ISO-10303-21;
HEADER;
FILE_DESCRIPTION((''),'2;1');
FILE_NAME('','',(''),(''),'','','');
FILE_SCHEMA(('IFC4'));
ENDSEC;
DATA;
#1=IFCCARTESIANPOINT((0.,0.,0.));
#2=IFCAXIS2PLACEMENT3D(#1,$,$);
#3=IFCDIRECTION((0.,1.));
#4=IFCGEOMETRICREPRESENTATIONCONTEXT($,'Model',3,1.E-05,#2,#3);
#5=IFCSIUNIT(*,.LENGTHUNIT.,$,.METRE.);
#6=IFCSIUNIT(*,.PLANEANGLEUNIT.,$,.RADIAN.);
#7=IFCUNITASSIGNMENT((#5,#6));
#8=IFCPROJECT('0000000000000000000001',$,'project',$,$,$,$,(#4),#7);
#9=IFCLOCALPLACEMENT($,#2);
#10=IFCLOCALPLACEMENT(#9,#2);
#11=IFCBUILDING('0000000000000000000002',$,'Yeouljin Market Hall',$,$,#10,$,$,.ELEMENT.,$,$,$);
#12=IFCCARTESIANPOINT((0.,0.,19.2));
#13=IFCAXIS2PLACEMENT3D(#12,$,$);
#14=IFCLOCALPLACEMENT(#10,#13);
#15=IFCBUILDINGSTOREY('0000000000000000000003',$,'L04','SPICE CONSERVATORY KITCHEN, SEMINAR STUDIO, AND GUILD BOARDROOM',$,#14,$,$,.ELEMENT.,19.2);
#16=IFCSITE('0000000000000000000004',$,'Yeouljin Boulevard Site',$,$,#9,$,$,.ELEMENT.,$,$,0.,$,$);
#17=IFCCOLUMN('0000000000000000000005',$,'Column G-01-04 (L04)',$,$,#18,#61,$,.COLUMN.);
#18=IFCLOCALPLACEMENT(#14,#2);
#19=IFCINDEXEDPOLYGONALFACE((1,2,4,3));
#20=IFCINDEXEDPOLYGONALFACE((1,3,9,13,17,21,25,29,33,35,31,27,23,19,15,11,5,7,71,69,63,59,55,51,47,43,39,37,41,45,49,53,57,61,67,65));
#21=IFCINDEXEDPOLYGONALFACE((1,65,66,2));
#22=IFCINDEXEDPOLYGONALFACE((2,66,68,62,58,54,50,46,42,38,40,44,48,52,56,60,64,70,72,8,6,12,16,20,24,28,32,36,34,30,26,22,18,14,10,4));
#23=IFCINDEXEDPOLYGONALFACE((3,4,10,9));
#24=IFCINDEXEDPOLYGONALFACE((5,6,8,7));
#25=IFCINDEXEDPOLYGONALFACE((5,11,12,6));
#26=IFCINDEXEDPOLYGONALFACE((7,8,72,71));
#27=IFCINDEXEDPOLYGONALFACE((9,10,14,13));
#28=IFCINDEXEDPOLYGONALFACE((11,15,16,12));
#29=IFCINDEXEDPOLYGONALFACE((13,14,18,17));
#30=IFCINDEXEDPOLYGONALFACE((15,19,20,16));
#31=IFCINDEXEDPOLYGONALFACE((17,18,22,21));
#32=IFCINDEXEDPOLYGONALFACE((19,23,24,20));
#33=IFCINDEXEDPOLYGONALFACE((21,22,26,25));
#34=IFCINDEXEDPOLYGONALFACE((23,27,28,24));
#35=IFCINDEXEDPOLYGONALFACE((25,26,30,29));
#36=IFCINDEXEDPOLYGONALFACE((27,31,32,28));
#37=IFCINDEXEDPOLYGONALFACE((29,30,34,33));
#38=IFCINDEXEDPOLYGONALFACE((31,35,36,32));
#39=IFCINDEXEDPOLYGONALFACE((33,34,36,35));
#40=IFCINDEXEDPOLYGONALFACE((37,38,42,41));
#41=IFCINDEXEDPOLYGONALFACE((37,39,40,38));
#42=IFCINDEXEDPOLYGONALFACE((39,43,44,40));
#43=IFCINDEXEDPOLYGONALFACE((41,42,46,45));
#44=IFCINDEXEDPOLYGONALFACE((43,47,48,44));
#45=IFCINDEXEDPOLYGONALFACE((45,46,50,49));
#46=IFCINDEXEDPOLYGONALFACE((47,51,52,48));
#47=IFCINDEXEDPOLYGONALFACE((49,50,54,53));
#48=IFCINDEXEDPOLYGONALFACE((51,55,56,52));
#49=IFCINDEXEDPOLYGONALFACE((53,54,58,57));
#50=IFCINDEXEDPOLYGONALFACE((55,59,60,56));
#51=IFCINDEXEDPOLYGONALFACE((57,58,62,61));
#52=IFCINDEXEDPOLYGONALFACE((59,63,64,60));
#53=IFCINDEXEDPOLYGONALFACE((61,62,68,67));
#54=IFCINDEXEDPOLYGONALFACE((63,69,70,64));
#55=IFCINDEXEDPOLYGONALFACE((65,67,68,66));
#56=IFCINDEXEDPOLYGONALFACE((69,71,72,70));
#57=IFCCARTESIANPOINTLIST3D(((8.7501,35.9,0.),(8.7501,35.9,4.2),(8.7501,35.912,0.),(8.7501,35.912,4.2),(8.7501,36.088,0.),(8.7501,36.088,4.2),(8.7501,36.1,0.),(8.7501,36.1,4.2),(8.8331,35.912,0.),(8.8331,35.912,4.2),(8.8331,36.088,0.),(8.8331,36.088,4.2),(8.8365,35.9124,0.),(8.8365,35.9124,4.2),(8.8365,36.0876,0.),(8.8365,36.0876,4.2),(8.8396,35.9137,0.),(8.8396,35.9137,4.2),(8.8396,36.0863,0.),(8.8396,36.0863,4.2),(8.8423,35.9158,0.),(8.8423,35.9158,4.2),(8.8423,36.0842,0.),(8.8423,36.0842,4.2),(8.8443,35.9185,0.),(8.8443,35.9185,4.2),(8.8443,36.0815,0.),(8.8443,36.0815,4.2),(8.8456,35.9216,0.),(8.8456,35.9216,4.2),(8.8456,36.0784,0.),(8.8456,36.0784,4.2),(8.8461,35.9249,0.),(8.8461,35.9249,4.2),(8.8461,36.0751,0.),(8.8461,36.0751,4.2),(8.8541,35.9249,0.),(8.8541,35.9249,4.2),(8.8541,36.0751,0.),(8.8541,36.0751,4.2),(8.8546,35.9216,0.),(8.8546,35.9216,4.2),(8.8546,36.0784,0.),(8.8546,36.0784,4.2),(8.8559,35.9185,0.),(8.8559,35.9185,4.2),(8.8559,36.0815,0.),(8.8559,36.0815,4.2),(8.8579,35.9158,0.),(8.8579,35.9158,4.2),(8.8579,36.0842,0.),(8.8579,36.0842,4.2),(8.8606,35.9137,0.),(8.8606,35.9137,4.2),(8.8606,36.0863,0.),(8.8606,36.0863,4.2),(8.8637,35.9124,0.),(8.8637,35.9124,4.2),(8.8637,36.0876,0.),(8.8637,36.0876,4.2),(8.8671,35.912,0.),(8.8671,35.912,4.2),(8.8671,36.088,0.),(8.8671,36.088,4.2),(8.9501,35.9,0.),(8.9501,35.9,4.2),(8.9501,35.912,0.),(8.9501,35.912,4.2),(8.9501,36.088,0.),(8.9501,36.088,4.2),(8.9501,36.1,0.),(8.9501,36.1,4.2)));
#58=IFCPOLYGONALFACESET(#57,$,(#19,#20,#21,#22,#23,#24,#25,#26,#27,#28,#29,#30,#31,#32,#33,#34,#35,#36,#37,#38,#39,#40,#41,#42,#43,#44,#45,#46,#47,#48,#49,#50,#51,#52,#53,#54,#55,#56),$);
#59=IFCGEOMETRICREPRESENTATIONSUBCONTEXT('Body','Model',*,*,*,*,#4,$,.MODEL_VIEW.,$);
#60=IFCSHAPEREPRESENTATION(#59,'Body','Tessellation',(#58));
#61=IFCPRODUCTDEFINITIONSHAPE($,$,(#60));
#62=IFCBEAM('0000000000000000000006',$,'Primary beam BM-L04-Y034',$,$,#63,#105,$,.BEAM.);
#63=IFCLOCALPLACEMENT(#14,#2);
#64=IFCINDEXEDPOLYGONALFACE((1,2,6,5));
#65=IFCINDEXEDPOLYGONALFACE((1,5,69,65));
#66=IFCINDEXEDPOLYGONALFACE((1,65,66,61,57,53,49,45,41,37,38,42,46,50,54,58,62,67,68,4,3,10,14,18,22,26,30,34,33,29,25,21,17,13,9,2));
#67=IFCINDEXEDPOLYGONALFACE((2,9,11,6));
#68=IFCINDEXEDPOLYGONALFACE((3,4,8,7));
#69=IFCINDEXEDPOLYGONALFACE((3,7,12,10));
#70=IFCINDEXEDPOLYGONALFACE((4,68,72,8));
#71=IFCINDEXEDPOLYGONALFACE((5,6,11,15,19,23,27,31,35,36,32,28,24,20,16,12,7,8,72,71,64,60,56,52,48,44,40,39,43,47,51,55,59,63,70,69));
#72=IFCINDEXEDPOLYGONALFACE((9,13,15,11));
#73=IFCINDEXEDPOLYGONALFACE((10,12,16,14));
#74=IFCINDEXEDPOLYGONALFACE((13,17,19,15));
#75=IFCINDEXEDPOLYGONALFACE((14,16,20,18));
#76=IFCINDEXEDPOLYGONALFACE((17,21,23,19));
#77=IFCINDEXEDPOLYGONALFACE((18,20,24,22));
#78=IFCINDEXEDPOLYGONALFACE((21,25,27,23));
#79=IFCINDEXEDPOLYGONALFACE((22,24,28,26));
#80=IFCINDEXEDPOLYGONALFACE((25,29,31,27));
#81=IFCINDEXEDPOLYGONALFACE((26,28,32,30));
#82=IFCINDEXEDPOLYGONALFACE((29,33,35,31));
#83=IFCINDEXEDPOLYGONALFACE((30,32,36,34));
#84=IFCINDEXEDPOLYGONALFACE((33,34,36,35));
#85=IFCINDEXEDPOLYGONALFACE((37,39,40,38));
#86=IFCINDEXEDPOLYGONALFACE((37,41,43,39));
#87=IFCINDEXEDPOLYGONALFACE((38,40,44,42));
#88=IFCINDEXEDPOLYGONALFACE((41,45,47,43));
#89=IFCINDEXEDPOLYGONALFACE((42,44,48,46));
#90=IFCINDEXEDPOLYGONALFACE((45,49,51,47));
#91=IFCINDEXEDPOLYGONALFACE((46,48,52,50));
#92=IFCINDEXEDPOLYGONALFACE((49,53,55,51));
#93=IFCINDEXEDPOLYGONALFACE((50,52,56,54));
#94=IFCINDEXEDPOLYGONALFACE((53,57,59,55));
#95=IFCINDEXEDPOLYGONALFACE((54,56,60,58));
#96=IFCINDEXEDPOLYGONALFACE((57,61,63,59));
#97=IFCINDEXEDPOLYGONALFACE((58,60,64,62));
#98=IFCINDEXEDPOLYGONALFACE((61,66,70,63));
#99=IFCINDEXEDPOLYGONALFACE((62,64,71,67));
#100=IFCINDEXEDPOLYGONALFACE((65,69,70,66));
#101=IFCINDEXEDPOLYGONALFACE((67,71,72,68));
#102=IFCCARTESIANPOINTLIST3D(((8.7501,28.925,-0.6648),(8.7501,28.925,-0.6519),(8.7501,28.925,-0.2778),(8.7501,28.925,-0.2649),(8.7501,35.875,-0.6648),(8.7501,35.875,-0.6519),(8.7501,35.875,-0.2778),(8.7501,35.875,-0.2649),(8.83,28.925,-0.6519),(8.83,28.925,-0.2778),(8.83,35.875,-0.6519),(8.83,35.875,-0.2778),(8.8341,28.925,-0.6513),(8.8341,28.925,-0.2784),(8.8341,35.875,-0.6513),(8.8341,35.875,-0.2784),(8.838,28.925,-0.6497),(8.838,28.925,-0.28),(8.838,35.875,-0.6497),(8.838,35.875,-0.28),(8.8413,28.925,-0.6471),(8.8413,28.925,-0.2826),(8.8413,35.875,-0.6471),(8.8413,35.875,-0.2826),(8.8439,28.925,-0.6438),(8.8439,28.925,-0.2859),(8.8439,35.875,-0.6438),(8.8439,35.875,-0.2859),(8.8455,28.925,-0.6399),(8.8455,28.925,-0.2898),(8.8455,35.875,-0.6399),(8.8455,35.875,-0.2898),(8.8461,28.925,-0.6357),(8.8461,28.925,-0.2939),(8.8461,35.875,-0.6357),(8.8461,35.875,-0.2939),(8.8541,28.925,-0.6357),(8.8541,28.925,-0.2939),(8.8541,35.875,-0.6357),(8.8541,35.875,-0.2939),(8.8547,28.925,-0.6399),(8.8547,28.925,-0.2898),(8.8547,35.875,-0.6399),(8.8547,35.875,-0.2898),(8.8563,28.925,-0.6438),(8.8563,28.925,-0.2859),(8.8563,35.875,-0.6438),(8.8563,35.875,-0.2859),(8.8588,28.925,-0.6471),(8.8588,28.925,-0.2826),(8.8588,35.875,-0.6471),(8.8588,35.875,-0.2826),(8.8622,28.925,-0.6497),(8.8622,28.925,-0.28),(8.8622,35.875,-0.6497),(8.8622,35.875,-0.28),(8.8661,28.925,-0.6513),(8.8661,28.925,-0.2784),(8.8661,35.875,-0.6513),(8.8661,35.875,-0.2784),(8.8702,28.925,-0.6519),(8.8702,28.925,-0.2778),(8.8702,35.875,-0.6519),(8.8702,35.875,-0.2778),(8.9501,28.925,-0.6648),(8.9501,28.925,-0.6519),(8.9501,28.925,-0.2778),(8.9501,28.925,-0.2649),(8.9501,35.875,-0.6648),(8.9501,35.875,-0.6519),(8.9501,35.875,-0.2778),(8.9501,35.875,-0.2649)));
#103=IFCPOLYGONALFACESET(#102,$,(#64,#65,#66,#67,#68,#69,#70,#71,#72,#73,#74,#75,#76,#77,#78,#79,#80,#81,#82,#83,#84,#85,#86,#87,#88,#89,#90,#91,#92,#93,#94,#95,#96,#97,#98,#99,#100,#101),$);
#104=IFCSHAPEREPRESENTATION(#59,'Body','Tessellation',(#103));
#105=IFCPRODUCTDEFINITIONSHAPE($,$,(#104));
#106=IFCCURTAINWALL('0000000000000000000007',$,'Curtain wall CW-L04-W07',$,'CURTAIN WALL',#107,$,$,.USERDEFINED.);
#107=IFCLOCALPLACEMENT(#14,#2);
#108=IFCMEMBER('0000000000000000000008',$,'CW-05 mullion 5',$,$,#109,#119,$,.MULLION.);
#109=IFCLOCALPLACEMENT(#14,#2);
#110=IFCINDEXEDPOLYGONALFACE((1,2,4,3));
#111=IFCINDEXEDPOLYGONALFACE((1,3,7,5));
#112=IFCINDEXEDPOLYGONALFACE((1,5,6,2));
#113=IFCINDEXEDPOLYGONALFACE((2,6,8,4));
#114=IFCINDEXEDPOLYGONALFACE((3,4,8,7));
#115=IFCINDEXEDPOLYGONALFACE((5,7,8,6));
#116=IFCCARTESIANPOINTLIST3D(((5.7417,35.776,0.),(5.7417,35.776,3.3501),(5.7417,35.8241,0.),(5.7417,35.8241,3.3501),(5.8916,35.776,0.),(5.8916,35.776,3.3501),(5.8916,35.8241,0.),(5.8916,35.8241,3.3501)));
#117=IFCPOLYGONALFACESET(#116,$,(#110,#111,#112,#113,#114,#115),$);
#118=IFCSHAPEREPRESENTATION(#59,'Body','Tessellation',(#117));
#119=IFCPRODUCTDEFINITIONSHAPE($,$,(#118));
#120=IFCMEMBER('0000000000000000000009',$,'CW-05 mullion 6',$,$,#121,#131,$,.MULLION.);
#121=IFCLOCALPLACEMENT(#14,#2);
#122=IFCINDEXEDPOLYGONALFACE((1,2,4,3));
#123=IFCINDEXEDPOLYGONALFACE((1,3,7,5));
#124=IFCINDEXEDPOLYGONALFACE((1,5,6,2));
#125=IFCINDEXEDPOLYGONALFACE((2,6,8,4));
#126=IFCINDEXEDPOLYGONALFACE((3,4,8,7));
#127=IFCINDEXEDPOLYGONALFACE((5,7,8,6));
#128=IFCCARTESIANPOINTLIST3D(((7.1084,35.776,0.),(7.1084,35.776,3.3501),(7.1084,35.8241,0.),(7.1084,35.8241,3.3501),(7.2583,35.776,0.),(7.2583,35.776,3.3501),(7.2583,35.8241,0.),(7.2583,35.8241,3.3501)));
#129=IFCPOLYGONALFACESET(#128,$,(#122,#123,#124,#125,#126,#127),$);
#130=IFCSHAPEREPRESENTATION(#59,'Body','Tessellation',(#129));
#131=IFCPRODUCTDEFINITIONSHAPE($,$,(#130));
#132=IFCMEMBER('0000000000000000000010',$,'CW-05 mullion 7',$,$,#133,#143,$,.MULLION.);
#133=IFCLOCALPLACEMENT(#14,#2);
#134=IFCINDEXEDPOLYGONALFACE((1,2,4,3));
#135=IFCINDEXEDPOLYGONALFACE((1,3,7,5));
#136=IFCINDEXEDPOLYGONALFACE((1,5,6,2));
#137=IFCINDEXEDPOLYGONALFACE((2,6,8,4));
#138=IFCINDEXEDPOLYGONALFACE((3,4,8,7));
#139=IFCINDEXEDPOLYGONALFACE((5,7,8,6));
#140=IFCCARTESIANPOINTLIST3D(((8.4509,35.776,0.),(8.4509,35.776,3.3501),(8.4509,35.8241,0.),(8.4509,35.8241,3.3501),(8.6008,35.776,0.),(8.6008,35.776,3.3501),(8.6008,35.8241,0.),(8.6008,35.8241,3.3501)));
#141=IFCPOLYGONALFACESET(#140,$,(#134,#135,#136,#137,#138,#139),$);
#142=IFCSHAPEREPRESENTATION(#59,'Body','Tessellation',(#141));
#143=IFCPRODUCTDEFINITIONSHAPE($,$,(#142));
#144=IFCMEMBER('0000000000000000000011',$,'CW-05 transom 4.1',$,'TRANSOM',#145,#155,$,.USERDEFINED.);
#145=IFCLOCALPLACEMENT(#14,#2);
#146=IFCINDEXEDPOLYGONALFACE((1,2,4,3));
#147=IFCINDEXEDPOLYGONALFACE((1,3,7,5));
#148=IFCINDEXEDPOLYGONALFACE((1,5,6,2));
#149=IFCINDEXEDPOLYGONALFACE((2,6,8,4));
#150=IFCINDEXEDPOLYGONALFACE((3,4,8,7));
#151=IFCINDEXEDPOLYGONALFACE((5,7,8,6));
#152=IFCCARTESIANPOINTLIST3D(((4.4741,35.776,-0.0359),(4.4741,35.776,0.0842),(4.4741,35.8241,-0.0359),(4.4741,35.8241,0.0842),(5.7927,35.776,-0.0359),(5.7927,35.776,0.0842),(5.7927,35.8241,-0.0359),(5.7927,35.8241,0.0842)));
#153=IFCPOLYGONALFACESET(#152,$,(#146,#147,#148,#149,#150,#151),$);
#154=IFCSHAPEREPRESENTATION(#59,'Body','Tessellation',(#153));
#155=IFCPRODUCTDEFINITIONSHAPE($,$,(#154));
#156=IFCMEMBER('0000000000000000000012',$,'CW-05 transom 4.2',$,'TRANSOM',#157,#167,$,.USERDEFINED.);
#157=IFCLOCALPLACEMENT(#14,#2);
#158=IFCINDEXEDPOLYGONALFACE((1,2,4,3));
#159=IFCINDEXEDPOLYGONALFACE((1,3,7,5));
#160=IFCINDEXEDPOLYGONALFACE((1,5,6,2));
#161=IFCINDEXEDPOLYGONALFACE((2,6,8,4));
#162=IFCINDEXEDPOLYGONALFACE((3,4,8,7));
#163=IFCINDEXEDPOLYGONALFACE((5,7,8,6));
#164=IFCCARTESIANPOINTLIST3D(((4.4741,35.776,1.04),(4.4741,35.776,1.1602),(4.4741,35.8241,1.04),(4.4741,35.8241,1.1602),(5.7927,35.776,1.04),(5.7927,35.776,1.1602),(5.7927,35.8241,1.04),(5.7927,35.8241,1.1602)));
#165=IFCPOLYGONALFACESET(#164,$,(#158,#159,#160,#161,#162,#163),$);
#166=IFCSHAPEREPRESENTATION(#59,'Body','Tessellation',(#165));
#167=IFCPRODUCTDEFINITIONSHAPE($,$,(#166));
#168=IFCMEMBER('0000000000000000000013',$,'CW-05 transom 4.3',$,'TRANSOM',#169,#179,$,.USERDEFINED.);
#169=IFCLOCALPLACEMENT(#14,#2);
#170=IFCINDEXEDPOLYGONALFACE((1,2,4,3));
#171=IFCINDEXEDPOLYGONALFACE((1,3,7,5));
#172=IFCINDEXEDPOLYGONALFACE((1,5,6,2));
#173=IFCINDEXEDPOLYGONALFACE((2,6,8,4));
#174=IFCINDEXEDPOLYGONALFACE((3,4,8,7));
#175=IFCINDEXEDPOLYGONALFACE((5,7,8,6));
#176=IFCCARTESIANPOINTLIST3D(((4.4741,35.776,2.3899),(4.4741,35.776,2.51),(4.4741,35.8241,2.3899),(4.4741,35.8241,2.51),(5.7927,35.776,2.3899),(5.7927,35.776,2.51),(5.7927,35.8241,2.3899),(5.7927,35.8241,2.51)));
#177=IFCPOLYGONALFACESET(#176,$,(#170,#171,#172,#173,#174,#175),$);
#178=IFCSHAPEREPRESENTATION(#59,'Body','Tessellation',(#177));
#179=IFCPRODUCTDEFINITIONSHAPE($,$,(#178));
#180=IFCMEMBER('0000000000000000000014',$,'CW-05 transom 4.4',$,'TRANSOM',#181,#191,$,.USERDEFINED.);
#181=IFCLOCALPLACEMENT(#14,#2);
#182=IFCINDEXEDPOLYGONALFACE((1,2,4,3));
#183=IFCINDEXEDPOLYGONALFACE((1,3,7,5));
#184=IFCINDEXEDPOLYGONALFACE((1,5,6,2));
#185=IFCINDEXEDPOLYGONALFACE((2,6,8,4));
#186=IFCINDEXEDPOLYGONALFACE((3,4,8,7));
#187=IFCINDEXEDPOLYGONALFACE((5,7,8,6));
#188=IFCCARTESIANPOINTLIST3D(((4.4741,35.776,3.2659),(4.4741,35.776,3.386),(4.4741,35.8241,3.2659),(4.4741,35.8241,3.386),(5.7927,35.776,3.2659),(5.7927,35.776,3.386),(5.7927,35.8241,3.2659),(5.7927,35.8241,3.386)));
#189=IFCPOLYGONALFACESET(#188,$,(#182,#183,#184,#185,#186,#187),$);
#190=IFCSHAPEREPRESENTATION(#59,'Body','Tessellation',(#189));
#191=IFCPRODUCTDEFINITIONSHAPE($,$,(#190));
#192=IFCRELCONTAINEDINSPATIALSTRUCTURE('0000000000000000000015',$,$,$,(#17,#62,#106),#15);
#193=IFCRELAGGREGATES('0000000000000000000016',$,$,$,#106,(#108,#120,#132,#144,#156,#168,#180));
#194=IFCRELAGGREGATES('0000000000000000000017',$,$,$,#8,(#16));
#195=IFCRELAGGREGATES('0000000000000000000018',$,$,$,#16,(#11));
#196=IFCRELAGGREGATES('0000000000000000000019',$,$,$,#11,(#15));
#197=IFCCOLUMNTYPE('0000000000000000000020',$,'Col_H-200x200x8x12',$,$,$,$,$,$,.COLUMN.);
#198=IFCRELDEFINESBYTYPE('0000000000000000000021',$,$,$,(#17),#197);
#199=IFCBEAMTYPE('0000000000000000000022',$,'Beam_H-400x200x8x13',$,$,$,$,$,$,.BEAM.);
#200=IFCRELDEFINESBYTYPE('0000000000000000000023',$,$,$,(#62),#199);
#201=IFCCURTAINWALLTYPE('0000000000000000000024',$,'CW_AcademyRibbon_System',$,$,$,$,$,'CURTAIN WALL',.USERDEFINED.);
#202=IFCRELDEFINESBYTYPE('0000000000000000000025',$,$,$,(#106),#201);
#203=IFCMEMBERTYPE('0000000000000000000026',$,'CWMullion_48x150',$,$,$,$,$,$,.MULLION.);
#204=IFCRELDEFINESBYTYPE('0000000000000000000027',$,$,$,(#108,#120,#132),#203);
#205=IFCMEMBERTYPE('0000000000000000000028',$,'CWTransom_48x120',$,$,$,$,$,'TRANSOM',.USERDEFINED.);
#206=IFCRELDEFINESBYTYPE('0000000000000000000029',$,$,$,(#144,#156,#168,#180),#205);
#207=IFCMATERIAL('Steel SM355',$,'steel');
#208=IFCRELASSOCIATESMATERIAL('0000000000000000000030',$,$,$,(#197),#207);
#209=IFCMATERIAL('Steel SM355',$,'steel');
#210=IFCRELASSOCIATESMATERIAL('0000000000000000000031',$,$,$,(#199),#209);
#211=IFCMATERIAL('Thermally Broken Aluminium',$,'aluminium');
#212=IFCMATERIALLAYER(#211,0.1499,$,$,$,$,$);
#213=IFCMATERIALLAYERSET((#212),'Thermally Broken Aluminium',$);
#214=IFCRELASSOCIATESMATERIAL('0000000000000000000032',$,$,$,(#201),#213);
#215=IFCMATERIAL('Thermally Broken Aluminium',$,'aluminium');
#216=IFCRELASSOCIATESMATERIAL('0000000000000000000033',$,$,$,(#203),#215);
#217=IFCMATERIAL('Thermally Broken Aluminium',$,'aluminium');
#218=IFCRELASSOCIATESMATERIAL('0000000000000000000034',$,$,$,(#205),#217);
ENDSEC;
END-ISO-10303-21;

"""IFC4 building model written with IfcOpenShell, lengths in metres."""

from ifc_helpers import new_model, si_unit, direction, frame, origin, origin_2d, place, context, subcontext, project, spatial, rectangle, i_section, extrude, material, layer, layer_set, material_profile, profile_set, type_object, element, aggregate, save


model = new_model("IFC4")

# Units and contexts
model_context = context("Model", 3, precision=1e-05, world=origin(), true_north=direction((0.0, 1.0)))
body_context = subcontext(model_context, "Body", "Model", "MODEL_VIEW")
ifc_project = project(units=[si_unit("LENGTHUNIT", "METRE"), si_unit("PLANEANGLEUNIT", "RADIAN")], contexts=[model_context])

# Site, building, storey
site_placement = place(None, origin())
site = spatial("IfcSite", under=ifc_project, at=site_placement, Name="Yeouljin Boulevard Site", CompositionType="ELEMENT", RefElevation=0.0)
building_placement = place(site_placement, origin())
building = spatial("IfcBuilding", under=site, at=building_placement, Name="Yeouljin Market Hall", CompositionType="ELEMENT")
storey_placement = place(building_placement, frame((0.0, 0.0, 19.2)))
storey = spatial("IfcBuildingStorey", under=building, at=storey_placement, Name="L04", Description="SPICE CONSERVATORY KITCHEN, SEMINAR STUDIO, AND GUILD BOARDROOM", CompositionType="ELEMENT", Elevation=19.2)

# Column
ifc_material_1 = material(Name="Steel SM355", Category="steel")
ifc_material_profile_1 = material_profile(ifc_material_1, i_section(OverallWidth=0.2, OverallDepth=0.2, WebThickness=0.0081, FlangeThickness=0.012, FilletRadius=0.0129, at=origin_2d()), Name="H-200x200x8x12")
ifc_profile_set_1 = profile_set([ifc_material_profile_1], Name="Steel SM355")
column_type = type_object("IfcColumnType", Name="Col_H-200x200x8x12", PredefinedType="COLUMN", material=ifc_profile_set_1)
column_placement = place(storey_placement, frame((8.8501, 36.0, 0.0), z_axis=(0.0, 0.0, 1.0), x_axis=(1.0, 0.0, 0.0)))
element("IfcColumn", 1, at=column_placement, inside=storey, type_object=column_type, Name="Column G-01-04 (L04)", PredefinedType="COLUMN", context=body_context, shape_type="SweptSolid", body=[
    extrude(i_section(OverallWidth=0.2, OverallDepth=0.2, WebThickness=0.0081, FlangeThickness=0.012, FilletRadius=0.0129, at=origin_2d()), origin(), (0.0, 0.0, 1.0), 4.2),
])

# Beam
ifc_material_2 = material(Name="Steel SM355", Category="steel")
ifc_material_profile_2 = material_profile(ifc_material_2, i_section(OverallWidth=0.2, OverallDepth=0.3999, WebThickness=0.0081, FlangeThickness=0.0129, FilletRadius=0.0161, at=origin_2d()), Name="H-400x200x8x13")
ifc_profile_set_2 = profile_set([ifc_material_profile_2], Name="Steel SM355")
beam_type_1 = type_object("IfcBeamType", Name="Beam_H-400x200x8x13", PredefinedType="BEAM", material=ifc_profile_set_2)
beam_1_placement = place(storey_placement, frame((8.8501, 28.925, -0.4648), z_axis=(0.0, 1.0, 0.0), x_axis=(-1.0, 0.0, 0.0)))
element("IfcBeam", 2, at=beam_1_placement, inside=storey, type_object=beam_type_1, Name="Primary beam BM-L04-Y034", PredefinedType="BEAM", context=body_context, shape_type="SweptSolid", body=[
    extrude(i_section(OverallWidth=0.2, OverallDepth=0.3999, WebThickness=0.0081, FlangeThickness=0.0129, FilletRadius=0.0161, at=origin_2d()), origin(), (0.0, 0.0, 1.0), 6.95),
])

# Curtain wall, members
ifc_material_3 = material(Name="Thermally Broken Aluminium", Category="aluminium")
ifc_layer_1 = layer(ifc_material_3, 0.1499)
ifc_layer_set_1 = layer_set([ifc_layer_1], Name="Thermally Broken Aluminium")
curtain_wall_type = type_object("IfcCurtainWallType", Name="CW_AcademyRibbon_System", ElementType="CURTAIN WALL", PredefinedType="USERDEFINED", material=ifc_layer_set_1)
curtain_wall_placement = place(storey_placement, origin())
curtain_wall = element("IfcCurtainWall", 3, at=curtain_wall_placement, inside=storey, type_object=curtain_wall_type, Name="Curtain wall CW-L04-W07", ObjectType="CURTAIN WALL", PredefinedType="USERDEFINED")
ifc_material_4 = material(Name="Thermally Broken Aluminium", Category="aluminium")
ifc_material_profile_3 = material_profile(ifc_material_4, rectangle(XDim=0.0481, YDim=0.1499, at=origin_2d()), Name="CW-MULL-48x150")
ifc_profile_set_3 = profile_set([ifc_material_profile_3], Name="Thermally Broken Aluminium")
member_type_1 = type_object("IfcMemberType", Name="CWMullion_48x150", PredefinedType="MULLION", material=ifc_profile_set_3)
member_1_placement = place(storey_placement, frame((5.8167, 35.8, 0.0), z_axis=(0.0, 0.0, 1.0), x_axis=(0.0, 1.0, 0.0)))
member_1 = element("IfcMember", 4, at=member_1_placement, type_object=member_type_1, Name="CW-05 mullion 5", PredefinedType="MULLION", context=body_context, shape_type="SweptSolid", body=[
    extrude(rectangle(XDim=0.0481, YDim=0.1499, at=origin_2d()), origin(), (0.0, 0.0, 1.0), 3.3501),
])
member_2_placement = place(storey_placement, frame((7.1833, 35.8, 0.0), z_axis=(0.0, 0.0, 1.0), x_axis=(0.0, 1.0, 0.0)))
member_2 = element("IfcMember", 5, at=member_2_placement, type_object=member_type_1, Name="CW-05 mullion 6", PredefinedType="MULLION", context=body_context, shape_type="SweptSolid", body=[
    extrude(rectangle(XDim=0.0481, YDim=0.1499, at=origin_2d()), origin(), (0.0, 0.0, 1.0), 3.3501),
])
member_3_placement = place(storey_placement, frame((8.5259, 35.8, 0.0), z_axis=(0.0, 0.0, 1.0), x_axis=(0.0, 1.0, 0.0)))
member_3 = element("IfcMember", 6, at=member_3_placement, type_object=member_type_1, Name="CW-05 mullion 7", PredefinedType="MULLION", context=body_context, shape_type="SweptSolid", body=[
    extrude(rectangle(XDim=0.0481, YDim=0.1499, at=origin_2d()), origin(), (0.0, 0.0, 1.0), 3.3501),
])
ifc_material_5 = material(Name="Thermally Broken Aluminium", Category="aluminium")
ifc_material_profile_4 = material_profile(ifc_material_5, rectangle(XDim=0.0481, YDim=0.1201, at=origin_2d()), Name="CW-TRAN-48x120")
ifc_profile_set_4 = profile_set([ifc_material_profile_4], Name="Thermally Broken Aluminium")
member_type_2 = type_object("IfcMemberType", Name="CWTransom_48x120", ElementType="TRANSOM", PredefinedType="USERDEFINED", material=ifc_profile_set_4)
member_4_placement = place(storey_placement, frame((4.4741, 35.8, 0.0242), z_axis=(1.0, 0.0, 0.0), x_axis=(0.0, 1.0, 0.0)))
member_4 = element("IfcMember", 7, at=member_4_placement, type_object=member_type_2, Name="CW-05 transom 4.1", ObjectType="TRANSOM", PredefinedType="USERDEFINED", context=body_context, shape_type="SweptSolid", body=[
    extrude(rectangle(XDim=0.0481, YDim=0.1201, at=origin_2d()), origin(), (0.0, 0.0, 1.0), 1.3186),
])
member_5_placement = place(storey_placement, frame((4.4741, 35.8, 1.1001), z_axis=(1.0, 0.0, 0.0), x_axis=(0.0, 1.0, 0.0)))
member_5 = element("IfcMember", 8, at=member_5_placement, type_object=member_type_2, Name="CW-05 transom 4.2", ObjectType="TRANSOM", PredefinedType="USERDEFINED", context=body_context, shape_type="SweptSolid", body=[
    extrude(rectangle(XDim=0.0481, YDim=0.1201, at=origin_2d()), origin(), (0.0, 0.0, 1.0), 1.3186),
])
member_6_placement = place(storey_placement, frame((4.4741, 35.8, 2.45), z_axis=(1.0, 0.0, 0.0), x_axis=(0.0, 1.0, 0.0)))
member_6 = element("IfcMember", 9, at=member_6_placement, type_object=member_type_2, Name="CW-05 transom 4.3", ObjectType="TRANSOM", PredefinedType="USERDEFINED", context=body_context, shape_type="SweptSolid", body=[
    extrude(rectangle(XDim=0.0481, YDim=0.1201, at=origin_2d()), origin(), (0.0, 0.0, 1.0), 1.3186),
])
member_7_placement = place(storey_placement, frame((4.4741, 35.8, 3.3259), z_axis=(1.0, 0.0, 0.0), x_axis=(0.0, 1.0, 0.0)))
member_7 = element("IfcMember", 10, at=member_7_placement, type_object=member_type_2, Name="CW-05 transom 4.4", ObjectType="TRANSOM", PredefinedType="USERDEFINED", context=body_context, shape_type="SweptSolid", body=[
    extrude(rectangle(XDim=0.0481, YDim=0.1201, at=origin_2d()), origin(), (0.0, 0.0, 1.0), 1.3186),
])

aggregate(curtain_wall, [member_1, member_2, member_3, member_4, member_5, member_6, member_7])

save(model, "model.ifc")
